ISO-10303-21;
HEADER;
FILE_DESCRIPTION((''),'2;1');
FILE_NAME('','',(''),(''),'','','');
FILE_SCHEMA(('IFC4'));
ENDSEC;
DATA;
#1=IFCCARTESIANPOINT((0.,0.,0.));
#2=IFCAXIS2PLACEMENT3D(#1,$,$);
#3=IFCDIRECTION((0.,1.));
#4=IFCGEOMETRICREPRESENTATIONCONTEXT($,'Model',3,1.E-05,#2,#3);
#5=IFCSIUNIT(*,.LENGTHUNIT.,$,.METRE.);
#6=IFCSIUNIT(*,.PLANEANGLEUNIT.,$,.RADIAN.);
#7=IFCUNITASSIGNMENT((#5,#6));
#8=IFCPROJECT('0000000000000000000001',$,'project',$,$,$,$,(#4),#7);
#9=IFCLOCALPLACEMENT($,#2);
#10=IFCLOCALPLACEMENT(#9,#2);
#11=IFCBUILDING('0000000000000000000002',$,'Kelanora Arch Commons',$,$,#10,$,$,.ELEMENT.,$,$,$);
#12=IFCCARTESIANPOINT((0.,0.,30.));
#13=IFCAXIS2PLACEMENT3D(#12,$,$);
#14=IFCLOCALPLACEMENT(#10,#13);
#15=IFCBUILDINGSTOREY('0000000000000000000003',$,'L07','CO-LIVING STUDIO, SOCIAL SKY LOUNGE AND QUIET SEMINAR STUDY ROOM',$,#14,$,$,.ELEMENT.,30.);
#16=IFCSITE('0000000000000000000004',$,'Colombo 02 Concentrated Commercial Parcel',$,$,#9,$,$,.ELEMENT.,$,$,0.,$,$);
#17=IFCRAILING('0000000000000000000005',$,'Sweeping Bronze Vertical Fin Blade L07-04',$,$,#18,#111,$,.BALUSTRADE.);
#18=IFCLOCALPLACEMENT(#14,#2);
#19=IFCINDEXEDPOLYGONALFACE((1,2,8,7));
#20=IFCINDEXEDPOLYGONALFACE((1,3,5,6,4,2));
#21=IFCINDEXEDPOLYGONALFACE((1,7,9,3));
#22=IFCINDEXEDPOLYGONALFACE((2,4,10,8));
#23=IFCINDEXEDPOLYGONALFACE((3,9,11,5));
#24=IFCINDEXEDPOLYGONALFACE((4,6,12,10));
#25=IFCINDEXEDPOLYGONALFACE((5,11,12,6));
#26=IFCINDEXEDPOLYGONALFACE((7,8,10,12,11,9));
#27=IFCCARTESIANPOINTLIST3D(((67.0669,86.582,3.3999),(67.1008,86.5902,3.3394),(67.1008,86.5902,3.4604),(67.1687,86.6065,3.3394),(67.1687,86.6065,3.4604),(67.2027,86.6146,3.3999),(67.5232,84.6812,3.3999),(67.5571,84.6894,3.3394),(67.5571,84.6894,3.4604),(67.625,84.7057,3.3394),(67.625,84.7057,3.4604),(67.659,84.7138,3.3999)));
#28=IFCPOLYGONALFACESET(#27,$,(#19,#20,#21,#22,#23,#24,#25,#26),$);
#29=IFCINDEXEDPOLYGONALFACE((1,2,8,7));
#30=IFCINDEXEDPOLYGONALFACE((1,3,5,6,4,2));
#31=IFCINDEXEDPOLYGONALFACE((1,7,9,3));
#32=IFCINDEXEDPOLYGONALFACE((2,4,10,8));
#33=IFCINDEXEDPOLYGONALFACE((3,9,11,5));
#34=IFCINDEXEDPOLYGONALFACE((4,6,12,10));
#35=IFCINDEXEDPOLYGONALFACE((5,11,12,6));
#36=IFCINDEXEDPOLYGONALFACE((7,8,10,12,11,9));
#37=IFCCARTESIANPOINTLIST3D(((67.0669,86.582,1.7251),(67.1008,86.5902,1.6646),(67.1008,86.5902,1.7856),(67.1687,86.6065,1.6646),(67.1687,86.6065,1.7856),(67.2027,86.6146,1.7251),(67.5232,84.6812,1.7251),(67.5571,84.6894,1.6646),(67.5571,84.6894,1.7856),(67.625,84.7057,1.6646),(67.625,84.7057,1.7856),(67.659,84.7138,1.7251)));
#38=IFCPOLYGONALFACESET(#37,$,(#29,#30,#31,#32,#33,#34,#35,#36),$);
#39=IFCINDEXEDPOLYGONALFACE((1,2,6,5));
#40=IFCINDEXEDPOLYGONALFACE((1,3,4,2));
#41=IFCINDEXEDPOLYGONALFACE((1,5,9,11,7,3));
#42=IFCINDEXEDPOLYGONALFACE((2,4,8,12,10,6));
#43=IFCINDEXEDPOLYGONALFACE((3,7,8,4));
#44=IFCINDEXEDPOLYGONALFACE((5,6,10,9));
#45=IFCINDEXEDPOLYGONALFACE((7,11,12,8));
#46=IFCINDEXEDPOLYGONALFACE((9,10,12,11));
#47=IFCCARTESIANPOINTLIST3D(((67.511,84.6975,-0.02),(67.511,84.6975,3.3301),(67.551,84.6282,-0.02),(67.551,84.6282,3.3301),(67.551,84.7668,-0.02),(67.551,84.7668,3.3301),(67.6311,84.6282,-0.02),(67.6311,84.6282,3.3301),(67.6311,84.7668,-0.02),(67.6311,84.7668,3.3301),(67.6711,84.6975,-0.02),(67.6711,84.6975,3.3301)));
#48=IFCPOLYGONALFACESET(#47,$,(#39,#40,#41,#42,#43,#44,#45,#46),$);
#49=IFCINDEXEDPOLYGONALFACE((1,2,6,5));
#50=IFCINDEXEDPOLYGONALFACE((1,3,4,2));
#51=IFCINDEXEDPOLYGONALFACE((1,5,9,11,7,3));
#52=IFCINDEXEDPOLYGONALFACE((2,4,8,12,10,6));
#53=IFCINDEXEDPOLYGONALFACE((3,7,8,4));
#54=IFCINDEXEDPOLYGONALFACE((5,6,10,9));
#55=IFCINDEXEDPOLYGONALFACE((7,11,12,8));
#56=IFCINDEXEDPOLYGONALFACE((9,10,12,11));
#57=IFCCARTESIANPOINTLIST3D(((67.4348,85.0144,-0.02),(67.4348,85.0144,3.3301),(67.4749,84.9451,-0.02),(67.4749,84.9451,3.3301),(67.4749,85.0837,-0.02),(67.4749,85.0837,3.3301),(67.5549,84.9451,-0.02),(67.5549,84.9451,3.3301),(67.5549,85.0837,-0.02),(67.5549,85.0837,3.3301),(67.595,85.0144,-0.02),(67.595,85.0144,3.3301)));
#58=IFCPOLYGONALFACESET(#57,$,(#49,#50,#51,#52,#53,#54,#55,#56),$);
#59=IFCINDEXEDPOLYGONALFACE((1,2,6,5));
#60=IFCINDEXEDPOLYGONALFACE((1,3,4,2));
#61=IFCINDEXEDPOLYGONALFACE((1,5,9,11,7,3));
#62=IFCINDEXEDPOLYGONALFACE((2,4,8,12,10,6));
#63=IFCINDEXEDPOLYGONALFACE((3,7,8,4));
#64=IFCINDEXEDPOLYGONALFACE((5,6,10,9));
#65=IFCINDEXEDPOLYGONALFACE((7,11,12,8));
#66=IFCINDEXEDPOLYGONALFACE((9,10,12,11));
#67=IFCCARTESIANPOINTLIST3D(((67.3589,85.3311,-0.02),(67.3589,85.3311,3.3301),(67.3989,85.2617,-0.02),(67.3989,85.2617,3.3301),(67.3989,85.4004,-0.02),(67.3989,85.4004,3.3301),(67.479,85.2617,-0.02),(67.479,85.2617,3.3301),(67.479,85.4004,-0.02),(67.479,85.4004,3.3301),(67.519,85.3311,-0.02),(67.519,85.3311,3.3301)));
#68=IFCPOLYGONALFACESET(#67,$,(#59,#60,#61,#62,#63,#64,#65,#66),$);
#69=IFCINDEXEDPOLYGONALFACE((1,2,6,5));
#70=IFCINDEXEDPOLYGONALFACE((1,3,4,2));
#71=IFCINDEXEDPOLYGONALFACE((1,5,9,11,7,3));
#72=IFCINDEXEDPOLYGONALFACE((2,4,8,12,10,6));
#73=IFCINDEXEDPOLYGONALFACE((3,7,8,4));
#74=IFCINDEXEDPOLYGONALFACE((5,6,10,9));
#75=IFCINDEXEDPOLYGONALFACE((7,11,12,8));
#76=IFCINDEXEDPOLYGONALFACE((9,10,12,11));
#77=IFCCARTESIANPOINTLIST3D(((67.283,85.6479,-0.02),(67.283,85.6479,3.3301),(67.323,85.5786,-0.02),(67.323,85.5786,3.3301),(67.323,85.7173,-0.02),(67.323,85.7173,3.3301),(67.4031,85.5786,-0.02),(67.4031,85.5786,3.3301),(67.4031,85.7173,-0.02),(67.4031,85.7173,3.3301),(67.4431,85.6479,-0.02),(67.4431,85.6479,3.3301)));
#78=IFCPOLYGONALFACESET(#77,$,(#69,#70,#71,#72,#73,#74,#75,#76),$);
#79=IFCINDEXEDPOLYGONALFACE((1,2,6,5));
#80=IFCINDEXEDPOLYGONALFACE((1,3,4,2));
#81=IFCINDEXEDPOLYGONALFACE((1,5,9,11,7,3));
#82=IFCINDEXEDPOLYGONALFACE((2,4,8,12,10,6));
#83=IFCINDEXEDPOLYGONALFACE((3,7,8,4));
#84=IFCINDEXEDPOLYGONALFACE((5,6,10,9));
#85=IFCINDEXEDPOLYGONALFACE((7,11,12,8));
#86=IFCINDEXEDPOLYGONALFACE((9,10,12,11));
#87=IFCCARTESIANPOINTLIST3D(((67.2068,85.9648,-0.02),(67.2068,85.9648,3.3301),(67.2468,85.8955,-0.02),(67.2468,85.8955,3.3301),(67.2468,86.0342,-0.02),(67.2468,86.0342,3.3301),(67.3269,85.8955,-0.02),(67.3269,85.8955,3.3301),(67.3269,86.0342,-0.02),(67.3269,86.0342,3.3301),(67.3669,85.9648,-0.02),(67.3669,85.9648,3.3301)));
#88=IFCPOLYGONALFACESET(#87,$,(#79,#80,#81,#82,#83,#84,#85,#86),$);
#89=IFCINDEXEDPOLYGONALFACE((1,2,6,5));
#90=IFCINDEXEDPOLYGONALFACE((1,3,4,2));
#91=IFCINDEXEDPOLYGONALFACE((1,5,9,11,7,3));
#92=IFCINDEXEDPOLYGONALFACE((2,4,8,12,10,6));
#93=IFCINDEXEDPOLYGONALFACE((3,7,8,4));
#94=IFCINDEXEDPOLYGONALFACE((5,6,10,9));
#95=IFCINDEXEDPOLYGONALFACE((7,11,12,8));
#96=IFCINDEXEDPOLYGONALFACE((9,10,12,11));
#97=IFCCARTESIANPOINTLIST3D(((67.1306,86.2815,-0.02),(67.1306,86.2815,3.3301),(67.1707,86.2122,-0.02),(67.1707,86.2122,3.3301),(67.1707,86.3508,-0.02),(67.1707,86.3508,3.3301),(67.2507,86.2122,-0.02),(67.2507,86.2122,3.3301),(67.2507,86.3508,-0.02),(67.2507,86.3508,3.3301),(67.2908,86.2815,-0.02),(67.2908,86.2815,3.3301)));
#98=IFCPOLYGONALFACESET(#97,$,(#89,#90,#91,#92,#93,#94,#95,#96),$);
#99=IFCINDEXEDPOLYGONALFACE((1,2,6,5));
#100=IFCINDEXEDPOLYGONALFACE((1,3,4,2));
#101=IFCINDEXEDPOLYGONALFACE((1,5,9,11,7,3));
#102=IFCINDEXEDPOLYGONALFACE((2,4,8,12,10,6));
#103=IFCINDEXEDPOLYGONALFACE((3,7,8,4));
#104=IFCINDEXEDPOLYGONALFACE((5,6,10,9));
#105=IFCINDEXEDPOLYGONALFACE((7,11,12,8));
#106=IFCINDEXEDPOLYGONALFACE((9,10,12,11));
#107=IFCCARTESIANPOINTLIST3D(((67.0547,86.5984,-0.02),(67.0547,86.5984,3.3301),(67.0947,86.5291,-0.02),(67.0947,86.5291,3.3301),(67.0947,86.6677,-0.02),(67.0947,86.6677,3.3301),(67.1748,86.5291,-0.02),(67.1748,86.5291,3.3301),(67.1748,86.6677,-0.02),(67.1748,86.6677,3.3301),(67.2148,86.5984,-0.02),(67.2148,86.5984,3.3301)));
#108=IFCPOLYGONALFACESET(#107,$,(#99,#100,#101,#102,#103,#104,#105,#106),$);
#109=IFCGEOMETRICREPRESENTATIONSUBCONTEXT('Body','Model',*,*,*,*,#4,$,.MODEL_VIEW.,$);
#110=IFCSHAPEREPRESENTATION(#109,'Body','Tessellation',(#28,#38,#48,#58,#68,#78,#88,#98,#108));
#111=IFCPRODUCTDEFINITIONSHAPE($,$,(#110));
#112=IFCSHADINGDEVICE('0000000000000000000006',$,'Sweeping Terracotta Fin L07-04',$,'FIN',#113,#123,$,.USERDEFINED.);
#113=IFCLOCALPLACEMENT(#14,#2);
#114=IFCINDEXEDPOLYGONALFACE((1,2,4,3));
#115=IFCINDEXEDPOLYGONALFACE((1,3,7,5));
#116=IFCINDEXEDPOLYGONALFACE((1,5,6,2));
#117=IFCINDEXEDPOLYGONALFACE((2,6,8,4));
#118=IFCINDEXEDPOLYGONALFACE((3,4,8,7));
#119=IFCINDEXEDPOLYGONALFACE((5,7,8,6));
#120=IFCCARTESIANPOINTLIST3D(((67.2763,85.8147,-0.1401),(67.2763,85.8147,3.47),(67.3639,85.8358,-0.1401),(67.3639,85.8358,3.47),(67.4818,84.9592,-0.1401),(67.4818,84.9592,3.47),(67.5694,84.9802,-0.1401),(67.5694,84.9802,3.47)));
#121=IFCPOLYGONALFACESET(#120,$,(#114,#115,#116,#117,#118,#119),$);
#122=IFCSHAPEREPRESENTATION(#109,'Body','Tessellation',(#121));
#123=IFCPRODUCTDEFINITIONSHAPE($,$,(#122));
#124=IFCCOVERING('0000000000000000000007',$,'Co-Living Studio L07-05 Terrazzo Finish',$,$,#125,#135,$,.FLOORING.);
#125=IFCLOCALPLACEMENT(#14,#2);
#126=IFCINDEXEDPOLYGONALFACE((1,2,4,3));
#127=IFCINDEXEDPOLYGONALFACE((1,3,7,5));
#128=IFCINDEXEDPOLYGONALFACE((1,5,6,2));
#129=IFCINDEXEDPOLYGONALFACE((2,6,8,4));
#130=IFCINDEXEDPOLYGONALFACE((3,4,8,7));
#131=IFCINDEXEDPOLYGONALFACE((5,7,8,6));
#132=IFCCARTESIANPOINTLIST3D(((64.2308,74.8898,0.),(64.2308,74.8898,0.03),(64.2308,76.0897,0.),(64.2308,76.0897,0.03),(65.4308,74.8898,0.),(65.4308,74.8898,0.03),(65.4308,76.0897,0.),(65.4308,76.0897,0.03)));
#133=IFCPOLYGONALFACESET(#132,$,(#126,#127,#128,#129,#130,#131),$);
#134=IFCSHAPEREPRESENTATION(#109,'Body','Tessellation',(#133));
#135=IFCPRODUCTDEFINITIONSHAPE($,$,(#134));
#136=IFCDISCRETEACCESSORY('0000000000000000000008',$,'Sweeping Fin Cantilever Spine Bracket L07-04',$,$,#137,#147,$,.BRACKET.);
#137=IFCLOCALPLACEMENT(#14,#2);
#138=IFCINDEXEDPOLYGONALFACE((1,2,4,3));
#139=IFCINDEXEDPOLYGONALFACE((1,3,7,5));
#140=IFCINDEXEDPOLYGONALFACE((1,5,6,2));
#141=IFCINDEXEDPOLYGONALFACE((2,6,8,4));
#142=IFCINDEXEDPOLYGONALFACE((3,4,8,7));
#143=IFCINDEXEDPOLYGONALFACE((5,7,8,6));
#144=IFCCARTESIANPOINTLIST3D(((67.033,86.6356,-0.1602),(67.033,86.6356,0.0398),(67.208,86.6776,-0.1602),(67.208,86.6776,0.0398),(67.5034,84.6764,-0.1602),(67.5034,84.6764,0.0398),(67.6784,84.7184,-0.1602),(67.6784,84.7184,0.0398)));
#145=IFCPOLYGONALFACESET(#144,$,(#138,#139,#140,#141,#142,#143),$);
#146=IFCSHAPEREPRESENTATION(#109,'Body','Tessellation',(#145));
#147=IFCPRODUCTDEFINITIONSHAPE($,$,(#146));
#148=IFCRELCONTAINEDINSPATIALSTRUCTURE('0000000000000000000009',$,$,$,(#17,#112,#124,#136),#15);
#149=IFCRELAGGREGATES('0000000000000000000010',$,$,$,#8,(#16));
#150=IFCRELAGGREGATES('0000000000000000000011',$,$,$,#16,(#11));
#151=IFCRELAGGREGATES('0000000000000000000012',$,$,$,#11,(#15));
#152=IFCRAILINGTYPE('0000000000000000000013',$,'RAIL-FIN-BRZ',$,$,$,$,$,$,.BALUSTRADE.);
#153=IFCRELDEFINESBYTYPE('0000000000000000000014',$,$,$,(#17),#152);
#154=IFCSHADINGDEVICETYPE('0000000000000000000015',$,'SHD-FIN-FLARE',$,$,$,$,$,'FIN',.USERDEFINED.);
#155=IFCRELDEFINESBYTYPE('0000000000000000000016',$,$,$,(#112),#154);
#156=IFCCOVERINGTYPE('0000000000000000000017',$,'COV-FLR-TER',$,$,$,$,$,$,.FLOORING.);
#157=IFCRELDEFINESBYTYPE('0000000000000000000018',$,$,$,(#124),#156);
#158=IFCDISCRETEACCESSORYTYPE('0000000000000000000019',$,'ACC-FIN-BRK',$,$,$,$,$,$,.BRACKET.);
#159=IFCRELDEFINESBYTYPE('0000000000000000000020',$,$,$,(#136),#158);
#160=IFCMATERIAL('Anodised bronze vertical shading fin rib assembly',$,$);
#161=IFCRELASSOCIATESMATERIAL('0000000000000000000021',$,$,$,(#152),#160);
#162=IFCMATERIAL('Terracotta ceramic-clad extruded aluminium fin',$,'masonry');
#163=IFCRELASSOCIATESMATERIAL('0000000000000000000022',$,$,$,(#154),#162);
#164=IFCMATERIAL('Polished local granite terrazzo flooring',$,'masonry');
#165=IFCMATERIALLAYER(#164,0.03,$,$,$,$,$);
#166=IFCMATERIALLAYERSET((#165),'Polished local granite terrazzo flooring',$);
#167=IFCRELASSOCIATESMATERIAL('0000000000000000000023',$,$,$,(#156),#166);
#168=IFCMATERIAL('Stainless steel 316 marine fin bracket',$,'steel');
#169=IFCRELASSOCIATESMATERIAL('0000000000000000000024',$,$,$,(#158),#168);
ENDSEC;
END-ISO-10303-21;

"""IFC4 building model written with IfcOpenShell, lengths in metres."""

from ifc_helpers import new_model, si_unit, direction, frame, origin, origin_2d, place, context, subcontext, project, spatial, polyline, rectangle, outline, extrude, source, transform, mapped, material, layer, layer_set, type_object, element, save


model = new_model("IFC4")

# Units and contexts
model_context = context("Model", 3, precision=1e-05, world=origin(), true_north=direction((0.0, 1.0)))
body_context = subcontext(model_context, "Body", "Model", "MODEL_VIEW")
ifc_project = project(units=[si_unit("LENGTHUNIT", "METRE"), si_unit("PLANEANGLEUNIT", "RADIAN")], contexts=[model_context])

# Site, building, storey
site_placement = place(None, origin())
site = spatial("IfcSite", under=ifc_project, at=site_placement, Name="Colombo 02 Concentrated Commercial Parcel", CompositionType="ELEMENT", RefElevation=0.0)
building_placement = place(site_placement, origin())
building = spatial("IfcBuilding", under=site, at=building_placement, Name="Kelanora Arch Commons", CompositionType="ELEMENT")
storey_placement = place(building_placement, frame((0.0, 0.0, 30.0)))
storey = spatial("IfcBuildingStorey", under=building, at=storey_placement, Name="L07", Description="CO-LIVING STUDIO, SOCIAL SKY LOUNGE AND QUIET SEMINAR STUDY ROOM", CompositionType="ELEMENT", Elevation=30.0)

# Railing
ifc_material_1 = material(Name="Anodised bronze vertical shading fin rib assembly")
railing_type = type_object("IfcRailingType", Name="RAIL-FIN-BRZ", PredefinedType="BALUSTRADE", material=ifc_material_1)
railing_placement = place(storey_placement, frame((67.5911, 84.6975, -0.02)))
element("IfcRailing", 1, at=railing_placement, inside=storey, type_object=railing_type, Name="Sweeping Bronze Vertical Fin Blade L07-04", PredefinedType="BALUSTRADE", context=body_context, shape_type="SweptSolid", body=[
    extrude(outline(polyline([(0.0698, 0.0), (0.0349, 0.0605), (-0.0349, 0.0605), (-0.0698, 0.0), (-0.0349, -0.0605), (0.0349, -0.0605), (0.0698, 0.0)])), frame((0.0, 0.0, 3.4199), z_axis=(-0.233415, 0.972377, 0.0), x_axis=(-0.972377, -0.233415, 0.0)), (0.0, 0.0, 1.0), 1.9548),
    extrude(outline(polyline([(0.0698, 0.0), (0.0349, 0.0605), (-0.0349, 0.0605), (-0.0698, 0.0), (-0.0349, -0.0605), (0.0349, -0.0605), (0.0698, 0.0)])), frame((0.0, 0.0, 1.7451), z_axis=(-0.233415, 0.972377, 0.0), x_axis=(-0.972377, -0.233415, 0.0)), (0.0, 0.0, 1.0), 1.9548),
    extrude(outline(polyline([(0.0801, 0.0), (0.04, 0.0693), (-0.04, 0.0693), (-0.0801, 0.0), (-0.04, -0.0693), (0.04, -0.0693), (0.0801, 0.0)])), origin(), (0.0, 0.0, 1.0), 3.3501),
    extrude(outline(polyline([(0.0801, 0.0), (0.04, 0.0693), (-0.04, 0.0693), (-0.0801, 0.0), (-0.04, -0.0693), (0.04, -0.0693), (0.0801, 0.0)])), frame((-0.0762, 0.3169, 0.0)), (0.0, 0.0, 1.0), 3.3501),
    extrude(outline(polyline([(0.0801, 0.0), (0.04, 0.0693), (-0.04, 0.0693), (-0.0801, 0.0), (-0.04, -0.0693), (0.04, -0.0693), (0.0801, 0.0)])), frame((-0.1521, 0.6335, 0.0)), (0.0, 0.0, 1.0), 3.3501),
    extrude(outline(polyline([(0.0801, 0.0), (0.04, 0.0693), (-0.04, 0.0693), (-0.0801, 0.0), (-0.04, -0.0693), (0.04, -0.0693), (0.0801, 0.0)])), frame((-0.228, 0.9504, 0.0)), (0.0, 0.0, 1.0), 3.3501),
    extrude(outline(polyline([(0.0801, 0.0), (0.04, 0.0693), (-0.04, 0.0693), (-0.0801, 0.0), (-0.04, -0.0693), (0.04, -0.0693), (0.0801, 0.0)])), frame((-0.3042, 1.2673, 0.0)), (0.0, 0.0, 1.0), 3.3501),
    extrude(outline(polyline([(0.0801, 0.0), (0.04, 0.0693), (-0.04, 0.0693), (-0.0801, 0.0), (-0.04, -0.0693), (0.04, -0.0693), (0.0801, 0.0)])), frame((-0.3804, 1.584, 0.0)), (0.0, 0.0, 1.0), 3.3501),
    extrude(outline(polyline([(0.0801, 0.0), (0.04, 0.0693), (-0.04, 0.0693), (-0.0801, 0.0), (-0.04, -0.0693), (0.04, -0.0693), (0.0801, 0.0)])), frame((-0.4563, 1.9009, 0.0)), (0.0, 0.0, 1.0), 3.3501),
])

# Shading device
ifc_material_2 = material(Name="Terracotta ceramic-clad extruded aluminium fin", Category="masonry")
shading_device_type = type_object("IfcShadingDeviceType", Name="SHD-FIN-FLARE", ElementType="FIN", PredefinedType="USERDEFINED", material=ifc_material_2)
shared_shape_1 = source(origin(), body_context, "Body", "SweptSolid", [
    extrude(rectangle(XDim=0.8799, YDim=0.0901, at=origin_2d()), origin(), (0.0, 0.0, 1.0), 3.6101),
])
shading_device_placement = place(storey_placement, frame((67.4229, 85.3975, -0.1401), z_axis=(0.0, 0.0, 1.0), x_axis=(-0.233445, 0.97237, 0.0)))
element("IfcShadingDevice", 2, at=shading_device_placement, inside=storey, type_object=shading_device_type, Name="Sweeping Terracotta Fin L07-04", ObjectType="FIN", PredefinedType="USERDEFINED", context=body_context, shape_type="MappedRepresentation", body=[
    mapped(shared_shape_1, transform((0.0, 0.0, 0.0), scale=1.0)),
])

# Covering
ifc_material_3 = material(Name="Polished local granite terrazzo flooring", Category="masonry")
ifc_layer_1 = layer(ifc_material_3, 0.03)
ifc_layer_set_1 = layer_set([ifc_layer_1], Name="Polished local granite terrazzo flooring")
covering_type = type_object("IfcCoveringType", Name="COV-FLR-TER", PredefinedType="FLOORING", material=ifc_layer_set_1)
shared_shape_2 = source(origin(), body_context, "Body", "SweptSolid", [
    extrude(rectangle(XDim=1.2, YDim=1.2, at=origin_2d()), origin(), (0.0, 0.0, 1.0), 0.03),
])
covering_placement = place(storey_placement, frame((64.8308, 75.4897, 0.0), z_axis=(0.0, 0.0, 1.0), x_axis=(1.0, 0.0, 0.0)))
element("IfcCovering", 3, at=covering_placement, inside=storey, type_object=covering_type, Name="Co-Living Studio L07-05 Terrazzo Finish", PredefinedType="FLOORING", context=body_context, shape_type="MappedRepresentation", body=[
    mapped(shared_shape_2, transform((0.0, 0.0, 0.0), scale=1.0)),
])

# Discrete accessory
ifc_material_4 = material(Name="Stainless steel 316 marine fin bracket", Category="steel")
discrete_accessory_type = type_object("IfcDiscreteAccessoryType", Name="ACC-FIN-BRK", PredefinedType="BRACKET", material=ifc_material_4)
shared_shape_3 = source(origin(), body_context, "Body", "SweptSolid", [
    extrude(rectangle(XDim=2.0149, YDim=0.1799, at=origin_2d()), origin(), (0.0, 0.0, 1.0), 0.2),
])
discrete_accessory_placement = place(storey_placement, frame((67.3557, 85.677, -0.1602), z_axis=(0.0, 0.0, 1.0), x_axis=(-0.233445, 0.97237, 0.0)))
element("IfcDiscreteAccessory", 4, at=discrete_accessory_placement, inside=storey, type_object=discrete_accessory_type, Name="Sweeping Fin Cantilever Spine Bracket L07-04", PredefinedType="BRACKET", context=body_context, shape_type="MappedRepresentation", body=[
    mapped(shared_shape_3, transform((0.0, 0.0, 0.0), scale=1.0)),
])

save(model, "model.ifc")
